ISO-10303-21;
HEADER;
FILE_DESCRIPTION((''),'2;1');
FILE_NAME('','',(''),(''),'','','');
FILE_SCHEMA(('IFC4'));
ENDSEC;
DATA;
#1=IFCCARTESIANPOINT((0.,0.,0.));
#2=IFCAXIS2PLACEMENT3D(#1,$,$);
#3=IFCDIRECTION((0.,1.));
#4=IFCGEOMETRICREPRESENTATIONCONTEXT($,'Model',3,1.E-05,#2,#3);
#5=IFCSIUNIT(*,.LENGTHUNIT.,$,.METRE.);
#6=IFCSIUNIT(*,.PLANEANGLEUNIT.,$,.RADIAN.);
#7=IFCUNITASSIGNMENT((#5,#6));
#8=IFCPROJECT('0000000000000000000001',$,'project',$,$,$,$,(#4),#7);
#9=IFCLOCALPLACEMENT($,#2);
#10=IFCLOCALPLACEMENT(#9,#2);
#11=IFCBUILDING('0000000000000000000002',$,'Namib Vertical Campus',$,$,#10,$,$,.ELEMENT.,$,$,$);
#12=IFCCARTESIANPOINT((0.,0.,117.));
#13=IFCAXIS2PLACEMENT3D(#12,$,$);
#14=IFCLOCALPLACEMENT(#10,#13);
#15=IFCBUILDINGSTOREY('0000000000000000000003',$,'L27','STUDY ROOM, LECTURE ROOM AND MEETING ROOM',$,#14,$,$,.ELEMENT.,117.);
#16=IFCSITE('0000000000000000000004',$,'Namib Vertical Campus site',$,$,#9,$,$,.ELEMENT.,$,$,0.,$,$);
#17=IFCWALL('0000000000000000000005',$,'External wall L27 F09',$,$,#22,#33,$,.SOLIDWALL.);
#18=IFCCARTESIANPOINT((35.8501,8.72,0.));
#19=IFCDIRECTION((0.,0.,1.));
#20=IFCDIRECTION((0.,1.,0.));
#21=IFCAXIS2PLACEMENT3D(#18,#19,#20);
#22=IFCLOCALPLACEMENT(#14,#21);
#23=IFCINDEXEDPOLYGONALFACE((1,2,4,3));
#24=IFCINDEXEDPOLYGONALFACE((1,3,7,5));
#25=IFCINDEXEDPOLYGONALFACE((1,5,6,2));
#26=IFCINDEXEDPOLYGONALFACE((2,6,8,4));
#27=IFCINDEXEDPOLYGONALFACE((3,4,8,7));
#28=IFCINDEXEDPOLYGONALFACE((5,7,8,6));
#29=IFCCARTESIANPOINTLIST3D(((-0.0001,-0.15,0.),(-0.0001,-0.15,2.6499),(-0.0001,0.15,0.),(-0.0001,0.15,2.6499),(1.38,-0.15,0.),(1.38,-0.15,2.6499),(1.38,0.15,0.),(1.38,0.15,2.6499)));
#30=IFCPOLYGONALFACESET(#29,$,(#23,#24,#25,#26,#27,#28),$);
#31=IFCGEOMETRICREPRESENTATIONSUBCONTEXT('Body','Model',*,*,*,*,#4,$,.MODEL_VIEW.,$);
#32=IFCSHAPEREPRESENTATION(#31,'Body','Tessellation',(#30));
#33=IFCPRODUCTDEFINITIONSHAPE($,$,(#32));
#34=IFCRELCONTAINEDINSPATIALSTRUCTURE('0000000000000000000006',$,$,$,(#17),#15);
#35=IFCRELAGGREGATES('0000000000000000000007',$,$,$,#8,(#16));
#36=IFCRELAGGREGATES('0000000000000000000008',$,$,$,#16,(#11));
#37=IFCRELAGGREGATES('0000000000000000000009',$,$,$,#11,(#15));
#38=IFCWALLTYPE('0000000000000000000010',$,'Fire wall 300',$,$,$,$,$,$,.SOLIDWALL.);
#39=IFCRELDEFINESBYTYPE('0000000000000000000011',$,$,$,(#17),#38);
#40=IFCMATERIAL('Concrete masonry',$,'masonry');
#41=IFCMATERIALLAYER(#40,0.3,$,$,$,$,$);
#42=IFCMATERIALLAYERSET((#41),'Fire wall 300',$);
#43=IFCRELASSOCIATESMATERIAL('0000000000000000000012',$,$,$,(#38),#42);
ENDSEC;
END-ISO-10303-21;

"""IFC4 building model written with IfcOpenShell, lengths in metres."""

from ifc_helpers import new_model, si_unit, direction, frame, frame_2d, origin, place, context, subcontext, project, spatial, rectangle, extrude, material, layer, layer_set, type_object, element, save


model = new_model("IFC4")

# Units and contexts
model_context = context("Model", 3, precision=1e-05, world=origin(), true_north=direction((0.0, 1.0)))
body_context = subcontext(model_context, "Body", "Model", "MODEL_VIEW")
ifc_project = project(units=[si_unit("LENGTHUNIT", "METRE"), si_unit("PLANEANGLEUNIT", "RADIAN")], contexts=[model_context])

# Site, building, storey
site_placement = place(None, origin())
site = spatial("IfcSite", under=ifc_project, at=site_placement, Name="Namib Vertical Campus site", CompositionType="ELEMENT", RefElevation=0.0)
building_placement = place(site_placement, origin())
building = spatial("IfcBuilding", under=site, at=building_placement, Name="Namib Vertical Campus", CompositionType="ELEMENT")
storey_placement = place(building_placement, frame((0.0, 0.0, 117.0)))
storey = spatial("IfcBuildingStorey", under=building, at=storey_placement, Name="L27", Description="STUDY ROOM, LECTURE ROOM AND MEETING ROOM", CompositionType="ELEMENT", Elevation=117.0)

# Wall
ifc_material_1 = material(Name="Concrete masonry", Category="masonry")
ifc_layer_1 = layer(ifc_material_1, 0.3)
ifc_layer_set_1 = layer_set([ifc_layer_1], Name="Fire wall 300")
wall_type_1 = type_object("IfcWallType", Name="Fire wall 300", PredefinedType="SOLIDWALL", material=ifc_layer_set_1)
wall_1_placement = place(storey_placement, frame((35.8501, 8.72, 0.0), z_axis=(0.0, 0.0, 1.0), x_axis=(0.0, 1.0, 0.0)))
element("IfcWall", 1, at=wall_1_placement, inside=storey, type_object=wall_type_1, Name="External wall L27 F09", PredefinedType="SOLIDWALL", context=body_context, shape_type="SweptSolid", body=[
    extrude(rectangle(XDim=1.3801, YDim=0.3, at=frame_2d((0.6899, 0.0))), origin(), (0.0, 0.0, 1.0), 2.6499),
])

save(model, "model.ifc")
